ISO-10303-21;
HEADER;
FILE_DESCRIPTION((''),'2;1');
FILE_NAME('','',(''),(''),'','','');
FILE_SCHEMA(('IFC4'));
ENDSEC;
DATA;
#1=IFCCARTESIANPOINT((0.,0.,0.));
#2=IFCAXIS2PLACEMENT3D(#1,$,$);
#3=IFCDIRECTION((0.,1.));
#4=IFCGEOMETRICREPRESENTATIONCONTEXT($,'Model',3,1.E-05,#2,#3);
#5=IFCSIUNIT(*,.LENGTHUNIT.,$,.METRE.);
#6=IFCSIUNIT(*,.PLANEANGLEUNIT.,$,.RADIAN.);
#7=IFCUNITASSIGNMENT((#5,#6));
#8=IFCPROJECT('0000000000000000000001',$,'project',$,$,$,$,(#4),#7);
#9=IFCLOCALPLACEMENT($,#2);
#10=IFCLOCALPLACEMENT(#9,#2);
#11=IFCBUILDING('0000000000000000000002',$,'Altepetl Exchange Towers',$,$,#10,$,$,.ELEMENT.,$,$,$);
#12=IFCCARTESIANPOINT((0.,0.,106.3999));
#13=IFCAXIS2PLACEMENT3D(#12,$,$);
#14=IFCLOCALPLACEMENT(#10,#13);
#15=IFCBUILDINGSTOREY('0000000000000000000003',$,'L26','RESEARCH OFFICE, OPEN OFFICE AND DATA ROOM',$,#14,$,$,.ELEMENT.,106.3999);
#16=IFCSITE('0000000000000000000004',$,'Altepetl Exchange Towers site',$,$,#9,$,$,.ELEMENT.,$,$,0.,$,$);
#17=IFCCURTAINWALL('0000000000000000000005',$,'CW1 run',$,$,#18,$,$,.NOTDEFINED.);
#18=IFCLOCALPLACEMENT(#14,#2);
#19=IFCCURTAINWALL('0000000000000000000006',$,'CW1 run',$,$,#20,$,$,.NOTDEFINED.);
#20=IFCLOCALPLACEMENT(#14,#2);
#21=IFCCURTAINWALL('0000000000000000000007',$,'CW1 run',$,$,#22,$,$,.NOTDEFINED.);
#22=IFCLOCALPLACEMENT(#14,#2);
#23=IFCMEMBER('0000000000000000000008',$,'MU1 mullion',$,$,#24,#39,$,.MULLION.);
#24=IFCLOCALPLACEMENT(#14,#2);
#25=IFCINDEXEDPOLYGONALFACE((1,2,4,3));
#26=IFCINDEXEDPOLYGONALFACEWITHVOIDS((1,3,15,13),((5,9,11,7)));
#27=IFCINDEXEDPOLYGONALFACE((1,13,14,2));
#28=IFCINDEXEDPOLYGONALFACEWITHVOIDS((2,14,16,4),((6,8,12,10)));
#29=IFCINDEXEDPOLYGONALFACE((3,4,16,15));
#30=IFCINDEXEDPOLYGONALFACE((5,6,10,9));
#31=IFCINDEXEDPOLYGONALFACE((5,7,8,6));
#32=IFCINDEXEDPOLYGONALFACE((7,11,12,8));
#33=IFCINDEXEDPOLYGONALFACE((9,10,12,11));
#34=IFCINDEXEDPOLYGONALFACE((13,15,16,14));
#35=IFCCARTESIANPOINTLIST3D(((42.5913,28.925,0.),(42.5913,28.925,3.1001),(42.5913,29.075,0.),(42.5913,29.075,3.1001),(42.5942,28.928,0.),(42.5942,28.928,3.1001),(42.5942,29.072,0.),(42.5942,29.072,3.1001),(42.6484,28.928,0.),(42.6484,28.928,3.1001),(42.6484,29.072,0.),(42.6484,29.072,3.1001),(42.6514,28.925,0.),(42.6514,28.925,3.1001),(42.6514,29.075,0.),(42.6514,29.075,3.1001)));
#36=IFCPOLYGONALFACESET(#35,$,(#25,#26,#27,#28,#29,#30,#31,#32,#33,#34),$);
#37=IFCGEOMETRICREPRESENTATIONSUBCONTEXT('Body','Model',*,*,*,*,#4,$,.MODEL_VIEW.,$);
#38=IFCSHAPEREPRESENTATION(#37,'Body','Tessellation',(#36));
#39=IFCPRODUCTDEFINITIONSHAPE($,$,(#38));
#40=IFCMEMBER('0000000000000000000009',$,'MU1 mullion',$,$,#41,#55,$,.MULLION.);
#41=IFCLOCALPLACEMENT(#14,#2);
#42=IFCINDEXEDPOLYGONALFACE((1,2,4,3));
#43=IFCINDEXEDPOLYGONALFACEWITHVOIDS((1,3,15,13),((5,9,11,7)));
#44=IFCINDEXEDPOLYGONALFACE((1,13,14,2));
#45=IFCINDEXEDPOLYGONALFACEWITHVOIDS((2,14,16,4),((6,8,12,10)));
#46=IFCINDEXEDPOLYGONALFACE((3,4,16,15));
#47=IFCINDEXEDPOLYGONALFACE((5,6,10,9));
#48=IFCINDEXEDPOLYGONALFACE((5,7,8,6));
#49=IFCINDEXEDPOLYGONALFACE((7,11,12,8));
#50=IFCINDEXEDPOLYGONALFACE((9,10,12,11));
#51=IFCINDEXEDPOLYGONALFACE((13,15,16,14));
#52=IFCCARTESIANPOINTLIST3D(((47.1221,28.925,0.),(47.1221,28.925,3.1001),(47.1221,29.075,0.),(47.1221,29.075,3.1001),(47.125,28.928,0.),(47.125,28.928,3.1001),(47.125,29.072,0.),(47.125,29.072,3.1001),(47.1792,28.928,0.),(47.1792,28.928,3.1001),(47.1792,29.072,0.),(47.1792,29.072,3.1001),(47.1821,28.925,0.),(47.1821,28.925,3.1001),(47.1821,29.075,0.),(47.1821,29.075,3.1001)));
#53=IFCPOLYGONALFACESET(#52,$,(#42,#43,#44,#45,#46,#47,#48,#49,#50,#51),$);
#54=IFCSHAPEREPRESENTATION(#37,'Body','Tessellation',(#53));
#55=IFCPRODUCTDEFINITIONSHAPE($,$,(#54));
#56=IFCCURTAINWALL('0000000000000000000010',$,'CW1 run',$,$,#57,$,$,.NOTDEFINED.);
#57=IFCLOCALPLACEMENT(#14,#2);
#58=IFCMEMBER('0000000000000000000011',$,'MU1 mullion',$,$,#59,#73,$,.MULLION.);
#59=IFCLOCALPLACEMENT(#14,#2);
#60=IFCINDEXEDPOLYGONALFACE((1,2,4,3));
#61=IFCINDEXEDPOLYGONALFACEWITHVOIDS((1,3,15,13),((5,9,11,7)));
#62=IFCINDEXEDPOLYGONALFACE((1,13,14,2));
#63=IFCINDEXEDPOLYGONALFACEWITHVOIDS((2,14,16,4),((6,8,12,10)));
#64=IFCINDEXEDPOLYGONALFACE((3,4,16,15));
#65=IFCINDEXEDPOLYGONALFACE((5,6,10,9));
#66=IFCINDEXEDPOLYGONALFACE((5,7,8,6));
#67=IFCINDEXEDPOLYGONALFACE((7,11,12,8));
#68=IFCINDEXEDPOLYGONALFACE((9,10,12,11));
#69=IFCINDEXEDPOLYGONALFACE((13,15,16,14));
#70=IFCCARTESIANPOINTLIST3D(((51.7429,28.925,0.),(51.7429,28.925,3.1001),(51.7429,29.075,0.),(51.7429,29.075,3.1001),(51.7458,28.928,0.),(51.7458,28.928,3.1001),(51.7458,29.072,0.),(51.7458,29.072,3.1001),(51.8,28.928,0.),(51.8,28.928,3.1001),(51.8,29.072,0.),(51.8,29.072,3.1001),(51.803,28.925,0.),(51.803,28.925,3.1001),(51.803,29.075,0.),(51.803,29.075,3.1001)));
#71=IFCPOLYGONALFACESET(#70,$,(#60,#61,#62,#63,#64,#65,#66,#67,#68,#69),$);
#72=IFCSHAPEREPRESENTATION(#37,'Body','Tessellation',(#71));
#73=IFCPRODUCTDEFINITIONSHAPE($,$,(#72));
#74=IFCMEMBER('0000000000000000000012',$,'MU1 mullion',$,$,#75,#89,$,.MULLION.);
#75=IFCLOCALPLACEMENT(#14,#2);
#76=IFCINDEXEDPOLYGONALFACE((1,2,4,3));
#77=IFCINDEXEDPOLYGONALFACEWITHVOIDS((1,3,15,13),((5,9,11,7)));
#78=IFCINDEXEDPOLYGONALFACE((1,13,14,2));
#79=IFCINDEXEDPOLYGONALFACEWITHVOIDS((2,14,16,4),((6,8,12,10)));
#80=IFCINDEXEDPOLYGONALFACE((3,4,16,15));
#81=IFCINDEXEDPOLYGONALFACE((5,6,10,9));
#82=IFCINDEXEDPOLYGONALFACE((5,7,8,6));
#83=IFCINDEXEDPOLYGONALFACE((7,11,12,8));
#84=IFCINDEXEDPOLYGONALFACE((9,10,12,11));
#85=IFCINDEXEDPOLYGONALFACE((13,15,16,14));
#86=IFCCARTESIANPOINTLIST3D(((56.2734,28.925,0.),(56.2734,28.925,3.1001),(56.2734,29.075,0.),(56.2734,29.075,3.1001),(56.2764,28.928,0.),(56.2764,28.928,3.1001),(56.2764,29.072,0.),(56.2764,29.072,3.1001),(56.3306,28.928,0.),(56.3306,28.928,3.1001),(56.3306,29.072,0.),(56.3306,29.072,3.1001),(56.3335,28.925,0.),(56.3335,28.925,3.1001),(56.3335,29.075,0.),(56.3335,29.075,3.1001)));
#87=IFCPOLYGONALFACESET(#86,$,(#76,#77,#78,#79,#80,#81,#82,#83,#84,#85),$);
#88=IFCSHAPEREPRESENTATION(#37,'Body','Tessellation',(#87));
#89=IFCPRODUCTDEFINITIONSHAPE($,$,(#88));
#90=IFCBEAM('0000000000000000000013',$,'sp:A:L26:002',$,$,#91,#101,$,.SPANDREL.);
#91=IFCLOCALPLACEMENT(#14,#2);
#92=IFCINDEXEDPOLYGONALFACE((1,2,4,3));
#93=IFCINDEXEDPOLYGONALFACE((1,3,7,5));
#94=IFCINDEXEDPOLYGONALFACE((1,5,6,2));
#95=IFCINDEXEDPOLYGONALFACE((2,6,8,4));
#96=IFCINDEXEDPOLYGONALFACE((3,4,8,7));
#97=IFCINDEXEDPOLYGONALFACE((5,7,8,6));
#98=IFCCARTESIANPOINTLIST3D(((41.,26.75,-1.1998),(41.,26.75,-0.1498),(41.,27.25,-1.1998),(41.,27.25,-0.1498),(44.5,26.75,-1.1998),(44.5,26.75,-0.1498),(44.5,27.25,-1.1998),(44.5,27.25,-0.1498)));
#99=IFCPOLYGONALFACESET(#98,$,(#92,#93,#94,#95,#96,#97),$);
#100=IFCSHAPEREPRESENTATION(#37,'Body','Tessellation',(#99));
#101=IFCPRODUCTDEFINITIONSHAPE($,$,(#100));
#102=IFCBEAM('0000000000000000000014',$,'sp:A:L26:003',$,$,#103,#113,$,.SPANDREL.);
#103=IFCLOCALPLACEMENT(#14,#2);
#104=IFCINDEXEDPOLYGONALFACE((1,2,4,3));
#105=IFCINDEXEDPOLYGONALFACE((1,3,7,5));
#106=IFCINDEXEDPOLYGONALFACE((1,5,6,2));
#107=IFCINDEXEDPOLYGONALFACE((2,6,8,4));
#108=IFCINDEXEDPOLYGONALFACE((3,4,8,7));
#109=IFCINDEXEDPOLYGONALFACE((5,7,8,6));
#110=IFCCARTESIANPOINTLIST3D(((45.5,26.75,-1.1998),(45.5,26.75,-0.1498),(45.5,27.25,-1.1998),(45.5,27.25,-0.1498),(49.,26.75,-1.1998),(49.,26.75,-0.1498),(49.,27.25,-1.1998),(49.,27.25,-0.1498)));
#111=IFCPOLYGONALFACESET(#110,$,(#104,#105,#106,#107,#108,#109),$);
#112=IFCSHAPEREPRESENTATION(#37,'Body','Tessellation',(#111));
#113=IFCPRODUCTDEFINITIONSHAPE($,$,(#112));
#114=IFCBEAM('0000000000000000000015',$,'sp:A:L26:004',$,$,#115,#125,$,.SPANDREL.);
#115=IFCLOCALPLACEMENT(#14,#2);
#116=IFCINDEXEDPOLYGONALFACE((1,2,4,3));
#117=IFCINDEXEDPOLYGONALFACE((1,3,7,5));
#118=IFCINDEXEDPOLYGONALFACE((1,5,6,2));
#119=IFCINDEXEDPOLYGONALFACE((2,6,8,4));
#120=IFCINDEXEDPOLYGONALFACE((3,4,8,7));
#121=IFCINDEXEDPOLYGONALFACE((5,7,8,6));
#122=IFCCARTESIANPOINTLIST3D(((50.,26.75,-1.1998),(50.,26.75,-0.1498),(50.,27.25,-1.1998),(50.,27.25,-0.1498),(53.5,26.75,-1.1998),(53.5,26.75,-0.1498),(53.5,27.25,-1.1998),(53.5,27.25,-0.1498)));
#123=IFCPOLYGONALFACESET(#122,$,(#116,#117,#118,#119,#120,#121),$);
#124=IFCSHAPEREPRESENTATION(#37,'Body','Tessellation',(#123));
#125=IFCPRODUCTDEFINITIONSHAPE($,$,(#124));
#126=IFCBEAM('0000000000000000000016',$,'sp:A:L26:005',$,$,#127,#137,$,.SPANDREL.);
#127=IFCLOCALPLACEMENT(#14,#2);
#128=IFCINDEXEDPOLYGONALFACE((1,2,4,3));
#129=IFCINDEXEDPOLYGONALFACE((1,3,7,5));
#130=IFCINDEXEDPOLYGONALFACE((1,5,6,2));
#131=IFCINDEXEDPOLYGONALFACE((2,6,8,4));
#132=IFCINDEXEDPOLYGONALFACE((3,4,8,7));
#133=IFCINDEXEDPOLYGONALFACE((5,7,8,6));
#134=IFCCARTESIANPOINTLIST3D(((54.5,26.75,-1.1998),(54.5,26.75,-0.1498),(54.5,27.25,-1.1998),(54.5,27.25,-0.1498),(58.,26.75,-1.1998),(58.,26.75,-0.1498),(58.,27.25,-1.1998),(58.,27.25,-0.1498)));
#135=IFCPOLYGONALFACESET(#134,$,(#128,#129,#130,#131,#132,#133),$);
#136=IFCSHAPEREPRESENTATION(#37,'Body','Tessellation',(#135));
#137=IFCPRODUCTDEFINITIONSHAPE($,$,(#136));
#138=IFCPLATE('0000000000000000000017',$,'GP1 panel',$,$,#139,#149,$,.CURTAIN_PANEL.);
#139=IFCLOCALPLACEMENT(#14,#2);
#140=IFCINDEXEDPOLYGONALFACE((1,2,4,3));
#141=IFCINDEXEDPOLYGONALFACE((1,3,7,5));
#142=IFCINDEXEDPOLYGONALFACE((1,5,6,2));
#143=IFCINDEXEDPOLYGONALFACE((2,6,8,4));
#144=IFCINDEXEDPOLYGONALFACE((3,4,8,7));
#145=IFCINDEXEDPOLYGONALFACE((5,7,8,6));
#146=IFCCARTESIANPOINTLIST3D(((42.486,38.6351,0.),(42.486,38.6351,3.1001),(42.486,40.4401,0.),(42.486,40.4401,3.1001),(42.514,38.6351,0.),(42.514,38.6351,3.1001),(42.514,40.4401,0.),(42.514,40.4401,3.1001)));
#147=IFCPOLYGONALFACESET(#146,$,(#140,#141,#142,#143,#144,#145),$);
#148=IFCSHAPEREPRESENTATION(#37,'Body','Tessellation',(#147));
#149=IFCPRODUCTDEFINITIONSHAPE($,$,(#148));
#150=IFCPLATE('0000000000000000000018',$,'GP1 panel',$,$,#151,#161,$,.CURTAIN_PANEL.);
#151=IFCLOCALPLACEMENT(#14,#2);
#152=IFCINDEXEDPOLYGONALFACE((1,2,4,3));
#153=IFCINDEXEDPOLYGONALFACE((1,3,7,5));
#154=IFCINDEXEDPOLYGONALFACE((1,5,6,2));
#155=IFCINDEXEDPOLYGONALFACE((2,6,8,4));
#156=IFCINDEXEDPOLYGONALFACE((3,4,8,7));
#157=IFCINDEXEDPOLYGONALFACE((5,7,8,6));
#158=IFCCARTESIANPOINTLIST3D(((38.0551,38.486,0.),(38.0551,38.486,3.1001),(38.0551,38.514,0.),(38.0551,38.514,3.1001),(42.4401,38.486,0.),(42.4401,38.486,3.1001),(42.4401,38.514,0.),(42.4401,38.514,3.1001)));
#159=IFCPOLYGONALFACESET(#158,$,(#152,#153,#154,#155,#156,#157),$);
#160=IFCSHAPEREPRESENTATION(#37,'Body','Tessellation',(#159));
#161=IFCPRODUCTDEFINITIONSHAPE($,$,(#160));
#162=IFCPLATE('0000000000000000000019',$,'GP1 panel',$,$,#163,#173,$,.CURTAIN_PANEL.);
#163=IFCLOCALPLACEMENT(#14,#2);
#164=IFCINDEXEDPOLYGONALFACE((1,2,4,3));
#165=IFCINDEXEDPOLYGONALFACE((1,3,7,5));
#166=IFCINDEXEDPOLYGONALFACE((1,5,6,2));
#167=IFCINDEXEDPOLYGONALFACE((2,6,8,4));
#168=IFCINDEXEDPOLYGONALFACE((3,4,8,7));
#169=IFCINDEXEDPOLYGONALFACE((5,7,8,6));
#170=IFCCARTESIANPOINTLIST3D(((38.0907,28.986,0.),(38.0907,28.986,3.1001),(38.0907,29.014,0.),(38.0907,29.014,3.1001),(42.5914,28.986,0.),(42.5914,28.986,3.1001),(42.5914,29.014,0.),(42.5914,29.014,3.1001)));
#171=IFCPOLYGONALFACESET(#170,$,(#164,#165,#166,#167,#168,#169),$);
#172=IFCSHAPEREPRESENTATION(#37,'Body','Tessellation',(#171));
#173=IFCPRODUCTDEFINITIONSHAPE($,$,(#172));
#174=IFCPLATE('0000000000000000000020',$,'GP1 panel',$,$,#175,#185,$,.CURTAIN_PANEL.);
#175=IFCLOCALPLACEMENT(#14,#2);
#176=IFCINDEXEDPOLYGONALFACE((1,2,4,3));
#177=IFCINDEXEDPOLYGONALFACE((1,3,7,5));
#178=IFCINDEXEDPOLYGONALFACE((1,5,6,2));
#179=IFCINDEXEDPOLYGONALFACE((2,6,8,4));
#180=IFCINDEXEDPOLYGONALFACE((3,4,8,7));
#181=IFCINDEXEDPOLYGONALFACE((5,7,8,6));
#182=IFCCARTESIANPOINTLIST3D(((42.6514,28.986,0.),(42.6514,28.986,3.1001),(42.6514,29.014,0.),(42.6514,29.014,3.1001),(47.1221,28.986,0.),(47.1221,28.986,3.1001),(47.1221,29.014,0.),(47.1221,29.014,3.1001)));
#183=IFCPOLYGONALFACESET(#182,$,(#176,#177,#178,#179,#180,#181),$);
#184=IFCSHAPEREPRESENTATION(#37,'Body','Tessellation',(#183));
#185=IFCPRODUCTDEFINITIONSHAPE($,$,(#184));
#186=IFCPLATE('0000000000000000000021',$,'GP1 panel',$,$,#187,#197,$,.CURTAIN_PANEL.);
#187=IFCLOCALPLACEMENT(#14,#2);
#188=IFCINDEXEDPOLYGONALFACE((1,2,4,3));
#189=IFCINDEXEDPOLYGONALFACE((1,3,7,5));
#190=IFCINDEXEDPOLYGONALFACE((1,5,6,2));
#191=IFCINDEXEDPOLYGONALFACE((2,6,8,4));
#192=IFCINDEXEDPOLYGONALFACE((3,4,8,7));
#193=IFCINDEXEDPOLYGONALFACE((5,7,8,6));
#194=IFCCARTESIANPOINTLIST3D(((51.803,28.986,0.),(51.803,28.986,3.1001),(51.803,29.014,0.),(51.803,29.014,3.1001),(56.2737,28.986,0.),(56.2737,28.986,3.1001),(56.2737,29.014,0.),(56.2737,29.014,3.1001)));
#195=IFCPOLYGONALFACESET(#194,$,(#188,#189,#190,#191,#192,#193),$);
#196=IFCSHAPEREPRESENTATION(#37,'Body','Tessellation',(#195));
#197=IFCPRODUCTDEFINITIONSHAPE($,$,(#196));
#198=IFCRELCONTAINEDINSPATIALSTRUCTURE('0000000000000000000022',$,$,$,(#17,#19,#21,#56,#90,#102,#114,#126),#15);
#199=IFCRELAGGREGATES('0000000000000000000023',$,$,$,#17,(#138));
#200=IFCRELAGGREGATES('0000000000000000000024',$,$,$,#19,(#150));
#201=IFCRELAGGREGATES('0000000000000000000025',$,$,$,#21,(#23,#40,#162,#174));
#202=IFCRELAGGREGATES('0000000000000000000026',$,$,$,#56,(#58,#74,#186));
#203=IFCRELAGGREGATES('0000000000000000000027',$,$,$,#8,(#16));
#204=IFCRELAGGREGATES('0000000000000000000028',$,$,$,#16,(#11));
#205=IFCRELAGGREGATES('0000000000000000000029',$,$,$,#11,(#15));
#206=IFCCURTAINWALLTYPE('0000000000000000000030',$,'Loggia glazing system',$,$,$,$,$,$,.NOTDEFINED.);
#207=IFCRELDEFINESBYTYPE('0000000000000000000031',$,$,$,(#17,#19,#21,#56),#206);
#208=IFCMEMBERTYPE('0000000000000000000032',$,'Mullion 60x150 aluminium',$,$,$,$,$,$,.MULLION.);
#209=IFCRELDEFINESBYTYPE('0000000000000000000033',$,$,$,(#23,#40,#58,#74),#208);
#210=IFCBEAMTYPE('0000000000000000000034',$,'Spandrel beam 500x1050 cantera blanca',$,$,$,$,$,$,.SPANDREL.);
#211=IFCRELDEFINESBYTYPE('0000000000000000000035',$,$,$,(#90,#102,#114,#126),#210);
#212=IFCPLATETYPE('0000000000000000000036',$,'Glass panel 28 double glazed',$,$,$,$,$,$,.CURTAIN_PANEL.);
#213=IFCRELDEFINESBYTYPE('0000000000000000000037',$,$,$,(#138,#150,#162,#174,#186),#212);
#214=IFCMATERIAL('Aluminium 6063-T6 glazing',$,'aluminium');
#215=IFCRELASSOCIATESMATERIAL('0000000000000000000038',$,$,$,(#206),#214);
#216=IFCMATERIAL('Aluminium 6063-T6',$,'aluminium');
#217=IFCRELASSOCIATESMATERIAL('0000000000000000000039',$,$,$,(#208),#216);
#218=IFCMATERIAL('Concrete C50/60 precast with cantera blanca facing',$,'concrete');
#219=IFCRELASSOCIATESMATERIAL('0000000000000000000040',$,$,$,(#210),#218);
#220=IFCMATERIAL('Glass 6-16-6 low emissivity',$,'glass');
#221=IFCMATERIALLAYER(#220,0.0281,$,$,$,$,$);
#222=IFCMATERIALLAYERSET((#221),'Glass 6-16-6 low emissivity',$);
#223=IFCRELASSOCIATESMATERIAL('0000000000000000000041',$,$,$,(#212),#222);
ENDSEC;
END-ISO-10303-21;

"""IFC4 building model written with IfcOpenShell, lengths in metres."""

from ifc_helpers import new_model, si_unit, direction, frame, origin, origin_2d, place, context, subcontext, project, spatial, rectangle, hollow_rectangle, extrude, material, layer, layer_set, material_profile, profile_set, type_object, element, aggregate, save


model = new_model("IFC4")

# Units and contexts
model_context = context("Model", 3, precision=1e-05, world=origin(), true_north=direction((0.0, 1.0)))
body_context = subcontext(model_context, "Body", "Model", "MODEL_VIEW")
ifc_project = project(units=[si_unit("LENGTHUNIT", "METRE"), si_unit("PLANEANGLEUNIT", "RADIAN")], contexts=[model_context])

# Site, building, storey
site_placement = place(None, origin())
site = spatial("IfcSite", under=ifc_project, at=site_placement, Name="Altepetl Exchange Towers site", CompositionType="ELEMENT", RefElevation=0.0)
building_placement = place(site_placement, origin())
building = spatial("IfcBuilding", under=site, at=building_placement, Name="Altepetl Exchange Towers", CompositionType="ELEMENT")
storey_placement = place(building_placement, frame((0.0, 0.0, 106.3999)))
storey = spatial("IfcBuildingStorey", under=building, at=storey_placement, Name="L26", Description="RESEARCH OFFICE, OPEN OFFICE AND DATA ROOM", CompositionType="ELEMENT", Elevation=106.3999)

# Curtain walls
ifc_material_1 = material(Name="Aluminium 6063-T6 glazing", Category="aluminium")
curtain_wall_type = type_object("IfcCurtainWallType", Name="Loggia glazing system", PredefinedType="NOTDEFINED", material=ifc_material_1)
curtain_wall_1_placement = place(storey_placement, origin())
curtain_wall_1 = element("IfcCurtainWall", 1, at=curtain_wall_1_placement, inside=storey, type_object=curtain_wall_type, Name="CW1 run", PredefinedType="NOTDEFINED")
ifc_material_2 = material(Name="Aluminium 6063-T6", Category="aluminium")
ifc_material_profile_1 = material_profile(ifc_material_2, hollow_rectangle(XDim=0.0601, YDim=0.1499, WallThickness=0.0029, at=origin_2d()), Name="Mullion 60x150 aluminium")
ifc_profile_set_1 = profile_set([ifc_material_profile_1], Name="Aluminium 6063-T6")
member_type = type_object("IfcMemberType", Name="Mullion 60x150 aluminium", PredefinedType="MULLION", material=ifc_profile_set_1)
curtain_wall_2_placement = place(storey_placement, origin())
curtain_wall_2 = element("IfcCurtainWall", 2, at=curtain_wall_2_placement, inside=storey, type_object=curtain_wall_type, Name="CW1 run", PredefinedType="NOTDEFINED")

# Curtain walls, members
curtain_wall_3_placement = place(storey_placement, origin())
curtain_wall_3 = element("IfcCurtainWall", 3, at=curtain_wall_3_placement, inside=storey, type_object=curtain_wall_type, Name="CW1 run", PredefinedType="NOTDEFINED")
member_1_placement = place(storey_placement, frame((42.6213, 29.0, 0.0)))
member_1 = element("IfcMember", 4, at=member_1_placement, type_object=member_type, Name="MU1 mullion", PredefinedType="MULLION", context=body_context, shape_type="SweptSolid", body=[
    extrude(hollow_rectangle(XDim=0.0601, YDim=0.1499, WallThickness=0.0029, at=origin_2d()), origin(), (0.0, 0.0, 1.0), 3.1001),
])
member_2_placement = place(storey_placement, frame((47.1521, 29.0, 0.0)))
member_2 = element("IfcMember", 5, at=member_2_placement, type_object=member_type, Name="MU1 mullion", PredefinedType="MULLION", context=body_context, shape_type="SweptSolid", body=[
    extrude(hollow_rectangle(XDim=0.0601, YDim=0.1499, WallThickness=0.0029, at=origin_2d()), origin(), (0.0, 0.0, 1.0), 3.1001),
])
curtain_wall_4_placement = place(storey_placement, origin())
curtain_wall_4 = element("IfcCurtainWall", 6, at=curtain_wall_4_placement, inside=storey, type_object=curtain_wall_type, Name="CW1 run", PredefinedType="NOTDEFINED")
member_3_placement = place(storey_placement, frame((51.7729, 29.0, 0.0)))
member_3 = element("IfcMember", 7, at=member_3_placement, type_object=member_type, Name="MU1 mullion", PredefinedType="MULLION", context=body_context, shape_type="SweptSolid", body=[
    extrude(hollow_rectangle(XDim=0.0601, YDim=0.1499, WallThickness=0.0029, at=origin_2d()), origin(), (0.0, 0.0, 1.0), 3.1001),
])
member_4_placement = place(storey_placement, frame((56.3035, 29.0, 0.0)))
member_4 = element("IfcMember", 8, at=member_4_placement, type_object=member_type, Name="MU1 mullion", PredefinedType="MULLION", context=body_context, shape_type="SweptSolid", body=[
    extrude(hollow_rectangle(XDim=0.0601, YDim=0.1499, WallThickness=0.0029, at=origin_2d()), origin(), (0.0, 0.0, 1.0), 3.1001),
])

# Beams
ifc_material_3 = material(Name="Concrete C50/60 precast with cantera blanca facing", Category="concrete")
ifc_material_profile_2 = material_profile(ifc_material_3, rectangle(XDim=0.5, YDim=1.05, at=origin_2d()), Name="500 x 1050")
ifc_profile_set_2 = profile_set([ifc_material_profile_2], Name="Concrete C50/60 precast with cantera blanca facing")
beam_type_1 = type_object("IfcBeamType", Name="Spandrel beam 500x1050 cantera blanca", PredefinedType="SPANDREL", material=ifc_profile_set_2)
for number, where, z_axis, x_axis, name in (
    (9, (41.0, 27.0, -0.6748), (1.0, 0.0, 0.0), (0.0, 1.0, 0.0), "sp:A:L26:002"),
    (10, (45.5, 27.0, -0.6748), (1.0, 0.0, 0.0), (0.0, 1.0, 0.0), "sp:A:L26:003"),
    (11, (50.0, 27.0, -0.6748), (1.0, 0.0, 0.0), (0.0, 1.0, 0.0), "sp:A:L26:004"),
    (12, (54.5, 27.0, -0.6748), (1.0, 0.0, 0.0), (0.0, 1.0, 0.0), "sp:A:L26:005"),
):
    element("IfcBeam", number, at=place(storey_placement, frame(where, z_axis=z_axis, x_axis=x_axis)), inside=storey, type_object=beam_type_1, Name=name, PredefinedType="SPANDREL", context=body_context, shape_type="SweptSolid", body=[
        extrude(rectangle(XDim=0.5, YDim=1.05, at=origin_2d()), origin(), (0.0, 0.0, 1.0), 3.5),
    ])

# Plates
ifc_material_4 = material(Name="Glass 6-16-6 low emissivity", Category="glass")
ifc_layer_1 = layer(ifc_material_4, 0.0281)
ifc_layer_set_1 = layer_set([ifc_layer_1], Name="Glass 6-16-6 low emissivity")
plate_type = type_object("IfcPlateType", Name="Glass panel 28 double glazed", PredefinedType="CURTAIN_PANEL", material=ifc_layer_set_1)
plate_1_placement = place(storey_placement, frame((42.5, 39.5376, 0.0), z_axis=(0.0, 0.0, 1.0), x_axis=(0.0, -1.0, 0.0)))
plate_1 = element("IfcPlate", 13, at=plate_1_placement, type_object=plate_type, Name="GP1 panel", PredefinedType="CURTAIN_PANEL", context=body_context, shape_type="SweptSolid", body=[
    extrude(rectangle(XDim=1.8049, YDim=0.0281, at=origin_2d()), origin(), (0.0, 0.0, 1.0), 3.1001),
])
aggregate(curtain_wall_1, [plate_1])
plate_2_placement = place(storey_placement, frame((40.2476, 38.5, 0.0), z_axis=(0.0, 0.0, 1.0), x_axis=(-1.0, 0.0, 0.0)))
plate_2 = element("IfcPlate", 14, at=plate_2_placement, type_object=plate_type, Name="GP1 panel", PredefinedType="CURTAIN_PANEL", context=body_context, shape_type="SweptSolid", body=[
    extrude(rectangle(XDim=4.385, YDim=0.0281, at=origin_2d()), origin(), (0.0, 0.0, 1.0), 3.1001),
])
aggregate(curtain_wall_2, [plate_2])
plate_3_placement = place(storey_placement, frame((40.3411, 29.0, 0.0)))
plate_3 = element("IfcPlate", 15, at=plate_3_placement, type_object=plate_type, Name="GP1 panel", PredefinedType="CURTAIN_PANEL", context=body_context, shape_type="SweptSolid", body=[
    extrude(rectangle(XDim=4.5007, YDim=0.0281, at=origin_2d()), origin(), (0.0, 0.0, 1.0), 3.1001),
])
plate_4_placement = place(storey_placement, frame((44.8867, 29.0, 0.0)))
plate_4 = element("IfcPlate", 16, at=plate_4_placement, type_object=plate_type, Name="GP1 panel", PredefinedType="CURTAIN_PANEL", context=body_context, shape_type="SweptSolid", body=[
    extrude(rectangle(XDim=4.4707, YDim=0.0281, at=origin_2d()), origin(), (0.0, 0.0, 1.0), 3.1001),
])
aggregate(curtain_wall_3, [member_1, member_2, plate_3, plate_4])
plate_5_placement = place(storey_placement, frame((54.0383, 29.0, 0.0)))
plate_5 = element("IfcPlate", 17, at=plate_5_placement, type_object=plate_type, Name="GP1 panel", PredefinedType="CURTAIN_PANEL", context=body_context, shape_type="SweptSolid", body=[
    extrude(rectangle(XDim=4.4707, YDim=0.0281, at=origin_2d()), origin(), (0.0, 0.0, 1.0), 3.1001),
])
aggregate(curtain_wall_4, [member_3, member_4, plate_5])

save(model, "model.ifc")
